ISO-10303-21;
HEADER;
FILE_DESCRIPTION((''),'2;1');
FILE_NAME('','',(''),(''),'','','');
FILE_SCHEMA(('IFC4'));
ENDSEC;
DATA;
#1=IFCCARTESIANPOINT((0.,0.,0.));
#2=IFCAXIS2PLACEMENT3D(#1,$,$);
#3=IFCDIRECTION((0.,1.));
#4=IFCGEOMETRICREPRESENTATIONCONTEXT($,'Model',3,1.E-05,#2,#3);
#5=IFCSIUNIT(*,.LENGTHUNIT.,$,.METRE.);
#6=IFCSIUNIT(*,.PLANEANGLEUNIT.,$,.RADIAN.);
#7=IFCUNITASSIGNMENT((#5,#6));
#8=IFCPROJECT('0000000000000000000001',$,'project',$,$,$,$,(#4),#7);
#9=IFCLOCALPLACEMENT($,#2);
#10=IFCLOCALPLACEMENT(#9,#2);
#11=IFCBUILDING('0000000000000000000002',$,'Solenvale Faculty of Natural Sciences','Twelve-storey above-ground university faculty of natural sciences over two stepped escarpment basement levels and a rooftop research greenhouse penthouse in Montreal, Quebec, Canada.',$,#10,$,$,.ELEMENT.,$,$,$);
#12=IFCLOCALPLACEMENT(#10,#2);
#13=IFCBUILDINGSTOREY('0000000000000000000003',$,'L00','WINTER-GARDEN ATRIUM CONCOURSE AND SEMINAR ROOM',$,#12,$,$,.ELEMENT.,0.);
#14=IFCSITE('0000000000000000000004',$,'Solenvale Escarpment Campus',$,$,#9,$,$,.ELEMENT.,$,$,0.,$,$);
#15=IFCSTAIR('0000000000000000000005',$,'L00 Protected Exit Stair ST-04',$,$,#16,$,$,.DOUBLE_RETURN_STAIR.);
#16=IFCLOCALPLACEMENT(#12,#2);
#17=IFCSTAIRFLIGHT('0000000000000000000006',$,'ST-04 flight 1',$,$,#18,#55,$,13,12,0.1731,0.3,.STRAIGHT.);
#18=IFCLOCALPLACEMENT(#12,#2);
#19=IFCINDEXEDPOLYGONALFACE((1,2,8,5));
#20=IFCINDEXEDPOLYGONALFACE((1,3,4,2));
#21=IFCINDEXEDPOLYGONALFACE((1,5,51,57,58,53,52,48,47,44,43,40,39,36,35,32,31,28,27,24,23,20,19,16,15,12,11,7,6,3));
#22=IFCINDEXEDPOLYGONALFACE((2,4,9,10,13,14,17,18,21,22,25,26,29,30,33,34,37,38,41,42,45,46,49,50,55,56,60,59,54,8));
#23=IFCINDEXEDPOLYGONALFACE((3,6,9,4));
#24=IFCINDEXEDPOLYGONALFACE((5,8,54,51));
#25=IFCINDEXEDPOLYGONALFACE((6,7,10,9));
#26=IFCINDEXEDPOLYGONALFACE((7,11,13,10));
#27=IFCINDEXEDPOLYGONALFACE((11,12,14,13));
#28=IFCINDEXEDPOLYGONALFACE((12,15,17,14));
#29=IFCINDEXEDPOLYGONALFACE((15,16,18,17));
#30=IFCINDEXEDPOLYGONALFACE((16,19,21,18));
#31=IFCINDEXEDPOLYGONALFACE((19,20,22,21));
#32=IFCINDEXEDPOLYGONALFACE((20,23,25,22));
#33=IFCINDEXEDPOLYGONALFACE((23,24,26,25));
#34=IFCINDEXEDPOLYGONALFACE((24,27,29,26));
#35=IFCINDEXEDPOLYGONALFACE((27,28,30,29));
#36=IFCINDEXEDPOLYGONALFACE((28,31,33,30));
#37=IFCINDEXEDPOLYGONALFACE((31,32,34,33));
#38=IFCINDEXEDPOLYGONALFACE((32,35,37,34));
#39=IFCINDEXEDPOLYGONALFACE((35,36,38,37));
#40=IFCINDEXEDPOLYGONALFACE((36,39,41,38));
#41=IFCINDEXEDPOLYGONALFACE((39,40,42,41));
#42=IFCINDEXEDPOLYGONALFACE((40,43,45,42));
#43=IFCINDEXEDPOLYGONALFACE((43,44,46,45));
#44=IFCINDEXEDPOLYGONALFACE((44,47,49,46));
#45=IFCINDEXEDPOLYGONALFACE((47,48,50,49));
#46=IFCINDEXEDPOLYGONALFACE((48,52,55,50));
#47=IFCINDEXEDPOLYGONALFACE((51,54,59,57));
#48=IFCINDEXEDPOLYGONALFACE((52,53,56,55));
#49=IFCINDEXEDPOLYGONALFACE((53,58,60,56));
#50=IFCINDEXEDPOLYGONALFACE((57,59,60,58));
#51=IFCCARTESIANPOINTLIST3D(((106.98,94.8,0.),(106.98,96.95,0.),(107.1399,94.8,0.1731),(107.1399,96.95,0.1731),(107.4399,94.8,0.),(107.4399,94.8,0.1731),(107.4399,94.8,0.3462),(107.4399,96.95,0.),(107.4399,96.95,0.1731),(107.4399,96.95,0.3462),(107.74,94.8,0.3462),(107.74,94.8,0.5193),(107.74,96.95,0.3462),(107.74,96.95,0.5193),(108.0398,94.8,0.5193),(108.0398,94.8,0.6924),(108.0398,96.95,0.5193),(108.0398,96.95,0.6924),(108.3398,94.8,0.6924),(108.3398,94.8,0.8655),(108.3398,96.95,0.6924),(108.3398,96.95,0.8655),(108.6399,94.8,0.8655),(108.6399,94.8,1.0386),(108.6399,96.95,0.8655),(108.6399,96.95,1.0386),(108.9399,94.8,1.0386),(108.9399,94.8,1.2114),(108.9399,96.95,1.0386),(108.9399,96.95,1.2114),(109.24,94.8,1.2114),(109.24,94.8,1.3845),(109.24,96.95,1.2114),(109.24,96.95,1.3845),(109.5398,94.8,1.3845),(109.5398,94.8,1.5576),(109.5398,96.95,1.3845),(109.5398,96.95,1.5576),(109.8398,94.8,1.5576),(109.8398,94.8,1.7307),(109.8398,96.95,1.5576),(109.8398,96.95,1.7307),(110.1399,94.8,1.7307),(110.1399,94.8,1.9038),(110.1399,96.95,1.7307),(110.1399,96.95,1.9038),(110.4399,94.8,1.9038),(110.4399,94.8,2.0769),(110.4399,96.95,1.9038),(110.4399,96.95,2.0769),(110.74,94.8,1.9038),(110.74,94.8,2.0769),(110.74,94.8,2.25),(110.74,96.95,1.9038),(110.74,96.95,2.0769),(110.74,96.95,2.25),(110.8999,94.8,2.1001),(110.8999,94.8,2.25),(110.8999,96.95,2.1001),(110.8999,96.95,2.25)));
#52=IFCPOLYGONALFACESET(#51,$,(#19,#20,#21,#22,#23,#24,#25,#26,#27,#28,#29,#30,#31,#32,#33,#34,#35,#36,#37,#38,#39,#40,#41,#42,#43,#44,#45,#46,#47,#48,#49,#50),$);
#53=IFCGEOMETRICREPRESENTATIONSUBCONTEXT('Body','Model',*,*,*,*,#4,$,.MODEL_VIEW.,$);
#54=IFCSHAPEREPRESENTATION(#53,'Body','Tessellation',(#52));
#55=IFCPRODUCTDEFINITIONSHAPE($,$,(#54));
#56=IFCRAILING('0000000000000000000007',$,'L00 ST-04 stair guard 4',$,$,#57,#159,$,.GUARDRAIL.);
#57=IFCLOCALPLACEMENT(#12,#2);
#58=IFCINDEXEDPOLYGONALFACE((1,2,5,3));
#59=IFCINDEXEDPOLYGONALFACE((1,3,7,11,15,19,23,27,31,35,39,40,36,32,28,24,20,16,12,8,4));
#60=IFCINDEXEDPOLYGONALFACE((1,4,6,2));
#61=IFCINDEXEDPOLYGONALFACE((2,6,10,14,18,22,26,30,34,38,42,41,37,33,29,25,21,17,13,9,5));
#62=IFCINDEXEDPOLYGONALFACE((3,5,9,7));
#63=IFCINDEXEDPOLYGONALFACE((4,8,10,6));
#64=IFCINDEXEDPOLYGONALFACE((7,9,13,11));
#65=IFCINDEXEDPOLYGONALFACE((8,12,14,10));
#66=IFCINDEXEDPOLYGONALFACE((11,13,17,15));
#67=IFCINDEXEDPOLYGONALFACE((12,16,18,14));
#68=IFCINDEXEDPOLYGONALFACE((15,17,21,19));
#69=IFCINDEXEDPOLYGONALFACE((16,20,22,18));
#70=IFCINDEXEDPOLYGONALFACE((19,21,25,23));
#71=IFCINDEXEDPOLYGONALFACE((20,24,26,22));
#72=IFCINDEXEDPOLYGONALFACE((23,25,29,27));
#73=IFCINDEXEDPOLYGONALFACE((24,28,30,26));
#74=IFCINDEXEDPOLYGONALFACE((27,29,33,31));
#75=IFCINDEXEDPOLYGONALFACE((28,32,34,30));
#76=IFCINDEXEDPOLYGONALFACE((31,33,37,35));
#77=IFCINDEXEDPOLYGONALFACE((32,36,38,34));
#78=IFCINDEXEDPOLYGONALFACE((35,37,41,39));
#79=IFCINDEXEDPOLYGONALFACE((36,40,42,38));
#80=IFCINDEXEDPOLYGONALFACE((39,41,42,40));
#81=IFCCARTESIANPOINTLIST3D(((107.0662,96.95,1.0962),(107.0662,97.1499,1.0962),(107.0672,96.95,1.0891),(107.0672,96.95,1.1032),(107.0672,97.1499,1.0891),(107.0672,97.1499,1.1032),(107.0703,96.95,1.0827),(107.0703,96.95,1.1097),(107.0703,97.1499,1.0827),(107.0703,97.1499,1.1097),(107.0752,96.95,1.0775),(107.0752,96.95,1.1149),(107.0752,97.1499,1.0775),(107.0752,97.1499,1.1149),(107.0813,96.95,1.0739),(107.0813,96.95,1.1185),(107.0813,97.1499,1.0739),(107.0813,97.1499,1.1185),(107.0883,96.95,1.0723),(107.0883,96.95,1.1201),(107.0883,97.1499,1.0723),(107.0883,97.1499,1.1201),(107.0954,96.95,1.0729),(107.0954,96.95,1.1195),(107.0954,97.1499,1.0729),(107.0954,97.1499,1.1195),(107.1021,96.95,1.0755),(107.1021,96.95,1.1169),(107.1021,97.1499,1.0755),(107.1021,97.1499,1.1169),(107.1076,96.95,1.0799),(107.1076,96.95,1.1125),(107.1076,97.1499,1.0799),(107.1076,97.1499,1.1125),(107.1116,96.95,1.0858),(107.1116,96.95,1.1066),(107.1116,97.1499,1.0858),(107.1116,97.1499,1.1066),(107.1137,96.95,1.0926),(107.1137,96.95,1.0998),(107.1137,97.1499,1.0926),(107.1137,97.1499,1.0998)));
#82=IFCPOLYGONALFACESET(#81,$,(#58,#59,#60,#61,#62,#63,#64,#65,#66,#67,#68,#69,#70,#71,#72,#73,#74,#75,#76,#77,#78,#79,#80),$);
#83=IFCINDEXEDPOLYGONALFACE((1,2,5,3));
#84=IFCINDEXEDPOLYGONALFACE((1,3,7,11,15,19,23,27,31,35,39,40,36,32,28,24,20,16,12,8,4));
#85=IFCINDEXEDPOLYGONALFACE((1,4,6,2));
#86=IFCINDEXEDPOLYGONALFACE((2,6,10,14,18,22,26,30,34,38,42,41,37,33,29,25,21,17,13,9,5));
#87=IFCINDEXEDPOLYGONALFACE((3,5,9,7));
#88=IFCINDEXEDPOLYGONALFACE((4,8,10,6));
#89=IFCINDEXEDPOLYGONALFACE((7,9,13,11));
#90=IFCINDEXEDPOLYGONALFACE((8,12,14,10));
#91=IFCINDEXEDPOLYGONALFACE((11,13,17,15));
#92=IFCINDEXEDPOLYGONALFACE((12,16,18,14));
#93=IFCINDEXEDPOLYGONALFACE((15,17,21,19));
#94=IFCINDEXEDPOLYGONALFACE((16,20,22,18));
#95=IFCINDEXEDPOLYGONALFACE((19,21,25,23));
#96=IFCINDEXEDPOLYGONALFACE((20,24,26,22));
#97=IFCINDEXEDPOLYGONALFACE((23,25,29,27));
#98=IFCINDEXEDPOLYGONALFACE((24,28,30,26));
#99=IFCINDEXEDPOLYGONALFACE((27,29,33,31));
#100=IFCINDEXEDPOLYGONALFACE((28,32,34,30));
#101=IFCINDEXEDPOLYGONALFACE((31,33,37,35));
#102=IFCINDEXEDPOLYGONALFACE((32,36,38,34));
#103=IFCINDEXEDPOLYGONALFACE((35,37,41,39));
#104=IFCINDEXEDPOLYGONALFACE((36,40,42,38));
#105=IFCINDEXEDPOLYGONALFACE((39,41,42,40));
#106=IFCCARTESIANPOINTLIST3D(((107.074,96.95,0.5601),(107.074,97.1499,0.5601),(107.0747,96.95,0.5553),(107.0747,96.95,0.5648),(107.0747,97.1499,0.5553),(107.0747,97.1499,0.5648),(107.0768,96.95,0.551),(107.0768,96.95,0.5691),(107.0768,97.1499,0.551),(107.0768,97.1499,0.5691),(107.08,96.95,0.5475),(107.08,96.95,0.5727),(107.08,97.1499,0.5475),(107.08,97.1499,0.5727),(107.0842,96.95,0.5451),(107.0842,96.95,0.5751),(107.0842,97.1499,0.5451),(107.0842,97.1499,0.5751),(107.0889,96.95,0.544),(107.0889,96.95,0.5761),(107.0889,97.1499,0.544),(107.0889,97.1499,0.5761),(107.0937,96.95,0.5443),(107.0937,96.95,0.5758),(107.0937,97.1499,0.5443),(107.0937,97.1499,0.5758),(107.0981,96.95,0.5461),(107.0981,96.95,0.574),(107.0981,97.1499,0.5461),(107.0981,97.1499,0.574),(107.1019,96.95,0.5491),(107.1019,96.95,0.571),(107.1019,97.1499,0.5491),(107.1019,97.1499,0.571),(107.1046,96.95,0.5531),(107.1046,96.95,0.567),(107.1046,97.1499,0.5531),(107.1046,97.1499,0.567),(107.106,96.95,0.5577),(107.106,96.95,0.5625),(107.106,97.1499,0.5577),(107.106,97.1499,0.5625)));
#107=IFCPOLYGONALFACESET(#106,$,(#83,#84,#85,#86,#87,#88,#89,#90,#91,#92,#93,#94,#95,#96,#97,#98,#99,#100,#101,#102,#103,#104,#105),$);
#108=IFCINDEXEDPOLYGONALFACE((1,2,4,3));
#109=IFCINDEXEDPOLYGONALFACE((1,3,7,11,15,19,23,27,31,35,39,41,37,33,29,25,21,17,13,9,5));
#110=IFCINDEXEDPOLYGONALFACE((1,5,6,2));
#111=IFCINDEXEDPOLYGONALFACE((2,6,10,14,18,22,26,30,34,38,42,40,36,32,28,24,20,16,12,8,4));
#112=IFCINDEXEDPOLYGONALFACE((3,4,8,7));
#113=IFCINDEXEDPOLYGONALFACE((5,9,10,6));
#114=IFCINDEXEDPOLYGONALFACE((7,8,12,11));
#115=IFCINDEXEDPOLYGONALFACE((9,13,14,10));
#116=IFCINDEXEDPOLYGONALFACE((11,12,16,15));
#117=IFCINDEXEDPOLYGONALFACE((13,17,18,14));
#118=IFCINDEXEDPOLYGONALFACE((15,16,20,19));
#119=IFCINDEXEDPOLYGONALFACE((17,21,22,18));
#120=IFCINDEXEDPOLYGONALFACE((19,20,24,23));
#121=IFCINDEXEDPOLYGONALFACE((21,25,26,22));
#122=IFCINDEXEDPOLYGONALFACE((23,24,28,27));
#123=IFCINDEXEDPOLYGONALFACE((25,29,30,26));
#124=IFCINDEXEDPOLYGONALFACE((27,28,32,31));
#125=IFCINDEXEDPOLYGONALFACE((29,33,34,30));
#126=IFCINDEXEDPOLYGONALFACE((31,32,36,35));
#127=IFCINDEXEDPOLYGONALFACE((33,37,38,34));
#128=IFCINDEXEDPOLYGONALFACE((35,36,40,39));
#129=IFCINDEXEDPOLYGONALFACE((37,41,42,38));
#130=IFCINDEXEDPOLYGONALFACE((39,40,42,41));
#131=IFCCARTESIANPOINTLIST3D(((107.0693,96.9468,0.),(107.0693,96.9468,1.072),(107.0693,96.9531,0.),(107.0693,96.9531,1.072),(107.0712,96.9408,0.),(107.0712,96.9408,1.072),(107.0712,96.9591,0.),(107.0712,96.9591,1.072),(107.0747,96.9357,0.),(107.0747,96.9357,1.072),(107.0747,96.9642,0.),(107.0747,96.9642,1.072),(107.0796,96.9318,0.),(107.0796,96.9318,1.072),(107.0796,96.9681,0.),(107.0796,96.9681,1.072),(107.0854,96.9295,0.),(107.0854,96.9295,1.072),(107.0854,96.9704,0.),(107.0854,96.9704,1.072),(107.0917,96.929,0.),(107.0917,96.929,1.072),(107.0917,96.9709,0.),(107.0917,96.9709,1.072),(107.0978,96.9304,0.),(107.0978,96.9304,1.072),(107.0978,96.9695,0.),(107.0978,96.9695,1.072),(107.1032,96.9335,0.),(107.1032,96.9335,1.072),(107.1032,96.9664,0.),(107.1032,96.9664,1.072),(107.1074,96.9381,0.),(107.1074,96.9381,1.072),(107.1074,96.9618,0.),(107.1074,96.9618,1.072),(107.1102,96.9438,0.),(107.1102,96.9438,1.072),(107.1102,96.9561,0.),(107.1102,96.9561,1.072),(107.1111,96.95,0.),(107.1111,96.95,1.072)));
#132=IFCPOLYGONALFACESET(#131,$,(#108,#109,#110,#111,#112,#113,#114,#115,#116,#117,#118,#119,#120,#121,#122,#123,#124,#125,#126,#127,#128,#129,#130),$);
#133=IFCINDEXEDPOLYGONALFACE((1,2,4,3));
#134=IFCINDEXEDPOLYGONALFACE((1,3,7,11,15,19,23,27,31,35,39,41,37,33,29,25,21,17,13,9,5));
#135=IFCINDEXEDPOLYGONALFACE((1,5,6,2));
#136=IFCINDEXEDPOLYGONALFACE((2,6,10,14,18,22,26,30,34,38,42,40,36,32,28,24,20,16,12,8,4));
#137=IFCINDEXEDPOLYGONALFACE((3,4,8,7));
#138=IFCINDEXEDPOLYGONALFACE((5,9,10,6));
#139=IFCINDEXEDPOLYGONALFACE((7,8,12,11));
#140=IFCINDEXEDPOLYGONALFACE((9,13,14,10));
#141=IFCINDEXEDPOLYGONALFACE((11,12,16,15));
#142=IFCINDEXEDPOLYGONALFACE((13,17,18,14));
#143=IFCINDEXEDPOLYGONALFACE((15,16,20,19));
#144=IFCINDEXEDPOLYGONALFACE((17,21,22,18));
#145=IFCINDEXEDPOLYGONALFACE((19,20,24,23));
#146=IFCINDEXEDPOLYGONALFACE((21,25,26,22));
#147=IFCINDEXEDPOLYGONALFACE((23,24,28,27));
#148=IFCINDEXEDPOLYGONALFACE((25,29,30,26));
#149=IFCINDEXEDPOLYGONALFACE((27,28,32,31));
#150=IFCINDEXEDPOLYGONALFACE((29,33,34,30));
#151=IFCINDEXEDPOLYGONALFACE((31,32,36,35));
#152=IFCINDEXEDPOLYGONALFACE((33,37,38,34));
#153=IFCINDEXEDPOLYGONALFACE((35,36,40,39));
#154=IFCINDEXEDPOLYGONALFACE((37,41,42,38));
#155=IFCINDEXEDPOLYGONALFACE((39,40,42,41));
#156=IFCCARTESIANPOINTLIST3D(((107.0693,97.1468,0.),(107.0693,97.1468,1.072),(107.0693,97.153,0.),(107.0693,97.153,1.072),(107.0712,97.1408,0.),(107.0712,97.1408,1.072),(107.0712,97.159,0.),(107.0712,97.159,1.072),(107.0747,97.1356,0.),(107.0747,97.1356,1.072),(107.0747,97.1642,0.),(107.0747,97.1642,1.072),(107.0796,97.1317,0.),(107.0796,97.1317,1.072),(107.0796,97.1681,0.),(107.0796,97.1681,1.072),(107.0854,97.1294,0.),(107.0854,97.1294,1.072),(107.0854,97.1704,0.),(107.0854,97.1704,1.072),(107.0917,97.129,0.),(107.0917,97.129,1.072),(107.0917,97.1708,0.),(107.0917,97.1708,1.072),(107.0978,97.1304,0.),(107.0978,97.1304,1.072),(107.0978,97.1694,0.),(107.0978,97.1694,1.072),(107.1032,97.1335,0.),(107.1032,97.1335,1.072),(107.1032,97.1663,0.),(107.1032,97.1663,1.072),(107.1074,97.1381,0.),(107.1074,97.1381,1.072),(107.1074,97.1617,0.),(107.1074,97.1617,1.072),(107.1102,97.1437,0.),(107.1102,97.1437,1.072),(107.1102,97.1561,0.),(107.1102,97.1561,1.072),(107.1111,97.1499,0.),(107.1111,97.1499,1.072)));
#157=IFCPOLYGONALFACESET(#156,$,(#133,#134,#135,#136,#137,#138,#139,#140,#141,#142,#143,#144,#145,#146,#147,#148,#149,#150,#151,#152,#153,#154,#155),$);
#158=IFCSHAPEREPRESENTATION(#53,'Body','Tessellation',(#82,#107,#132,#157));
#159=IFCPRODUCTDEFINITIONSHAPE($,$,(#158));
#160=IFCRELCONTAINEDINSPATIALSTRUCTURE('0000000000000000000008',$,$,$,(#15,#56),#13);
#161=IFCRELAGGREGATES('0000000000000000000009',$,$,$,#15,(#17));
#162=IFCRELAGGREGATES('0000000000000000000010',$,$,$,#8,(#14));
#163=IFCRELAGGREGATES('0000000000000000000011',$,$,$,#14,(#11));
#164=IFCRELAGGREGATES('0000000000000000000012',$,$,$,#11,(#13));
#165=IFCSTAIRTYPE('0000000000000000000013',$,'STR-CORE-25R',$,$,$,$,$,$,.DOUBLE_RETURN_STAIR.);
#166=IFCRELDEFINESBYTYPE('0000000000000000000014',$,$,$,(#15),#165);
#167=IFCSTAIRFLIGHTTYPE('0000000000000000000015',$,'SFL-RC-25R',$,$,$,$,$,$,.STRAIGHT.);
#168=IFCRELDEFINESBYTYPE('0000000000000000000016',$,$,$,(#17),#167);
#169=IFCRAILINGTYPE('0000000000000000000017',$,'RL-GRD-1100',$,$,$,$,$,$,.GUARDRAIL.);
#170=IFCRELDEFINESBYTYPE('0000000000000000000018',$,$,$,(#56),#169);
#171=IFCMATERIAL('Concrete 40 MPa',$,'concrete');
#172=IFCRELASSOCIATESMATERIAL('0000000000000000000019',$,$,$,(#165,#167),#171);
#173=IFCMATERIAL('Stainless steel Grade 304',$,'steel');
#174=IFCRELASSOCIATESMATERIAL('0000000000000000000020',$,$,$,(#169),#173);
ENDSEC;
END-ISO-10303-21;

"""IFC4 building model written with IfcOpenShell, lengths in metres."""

from ifc_helpers import new_model, si_unit, direction, frame, origin, origin_2d, place, context, subcontext, project, spatial, polyline, circle, outline, extrude, material, type_object, element, aggregate, save


model = new_model("IFC4")

# Units and contexts
model_context = context("Model", 3, precision=1e-05, world=origin(), true_north=direction((0.0, 1.0)))
body_context = subcontext(model_context, "Body", "Model", "MODEL_VIEW")
ifc_project = project(units=[si_unit("LENGTHUNIT", "METRE"), si_unit("PLANEANGLEUNIT", "RADIAN")], contexts=[model_context])

# Site, building, storey
site_placement = place(None, origin())
site = spatial("IfcSite", under=ifc_project, at=site_placement, Name="Solenvale Escarpment Campus", CompositionType="ELEMENT", RefElevation=0.0)
building_placement = place(site_placement, origin())
building = spatial("IfcBuilding", under=site, at=building_placement, Name="Solenvale Faculty of Natural Sciences", Description="Twelve-storey above-ground university faculty of natural sciences over two stepped escarpment basement levels and a rooftop research greenhouse penthouse in Montreal, Quebec, Canada.", CompositionType="ELEMENT")
storey_placement = place(building_placement, origin())
storey = spatial("IfcBuildingStorey", under=building, at=storey_placement, Name="L00", Description="WINTER-GARDEN ATRIUM CONCOURSE AND SEMINAR ROOM", CompositionType="ELEMENT", Elevation=0.0)

# Shared definitions
ifc_material_1 = material(Name="Concrete 40 MPa", Category="concrete")

# Shared definitions
ifc_material_2 = material(Name="Stainless steel Grade 304", Category="steel")

# Stair, stair flight
stair_type = type_object("IfcStairType", Name="STR-CORE-25R", PredefinedType="DOUBLE_RETURN_STAIR", material=ifc_material_1)
stair_placement = place(storey_placement, origin())
stair = element("IfcStair", 1, at=stair_placement, inside=storey, type_object=stair_type, Name="L00 Protected Exit Stair ST-04", PredefinedType="DOUBLE_RETURN_STAIR")
stair_flight_type = type_object("IfcStairFlightType", Name="SFL-RC-25R", PredefinedType="STRAIGHT", material=ifc_material_1)
stair_flight_placement = place(storey_placement, frame((107.1399, 95.875, 0.0), z_axis=(0.0, 0.0, 1.0), x_axis=(1.0, 0.0, 0.0)))
stair_flight = element("IfcStairFlight", 2, at=stair_flight_placement, type_object=stair_flight_type, Name="ST-04 flight 1", NumberOfRisers=13, NumberOfTreads=12, PredefinedType="STRAIGHT", RiserHeight=0.1731, TreadLength=0.3, context=body_context, shape_type="SweptSolid", body=[
    extrude(outline(polyline([(-0.1599, 0.0), (0.0, 0.1731), (0.3, 0.1731), (0.3, 0.3462), (0.6001, 0.3462), (0.6001, 0.5193), (0.8999, 0.5193), (0.8999, 0.6924), (1.2, 0.6924), (1.2, 0.8655), (1.5, 0.8655), (1.5, 1.0386), (1.8, 1.0386), (1.8, 1.2114), (2.1001, 1.2114), (2.1001, 1.3845), (2.3999, 1.3845), (2.3999, 1.5576), (2.7, 1.5576), (2.7, 1.7307), (3.0, 1.7307), (3.0, 1.9038), (3.3, 1.9038), (3.3, 2.0769), (3.6001, 2.0769), (3.6001, 2.25), (3.76, 2.25), (3.76, 2.1001), (3.6001, 1.9038), (0.3, 0.0), (-0.1599, 0.0)])), frame((0.0, 1.075, 0.0), z_axis=(0.0, -1.0, 0.0), x_axis=(1.0, 0.0, 0.0)), (0.0, 0.0, 1.0), 2.1499),
])
aggregate(stair, [stair_flight])

# Railing
railing_type_1 = type_object("IfcRailingType", Name="RL-GRD-1100", PredefinedType="GUARDRAIL", material=ifc_material_2)
railing_1_placement = place(storey_placement, frame((107.0901, 96.95, 0.0)))
element("IfcRailing", 3, at=railing_1_placement, inside=storey, type_object=railing_type_1, Name="L00 ST-04 stair guard 4", PredefinedType="GUARDRAIL", context=body_context, shape_type="SweptSolid", body=[
    extrude(circle(Radius=0.0239, at=origin_2d()), frame((0.0, 0.0, 1.0962), z_axis=(0.0, 1.0, 0.0), x_axis=(-1.0, 0.0, 0.0)), (0.0, 0.0, 1.0), 0.2),
    extrude(circle(Radius=0.0161, at=origin_2d()), frame((0.0, 0.0, 0.5601), z_axis=(0.0, 1.0, 0.0), x_axis=(-1.0, 0.0, 0.0)), (0.0, 0.0, 1.0), 0.2),
    extrude(circle(Radius=0.021, at=origin_2d()), origin(), (0.0, 0.0, 1.0), 1.072),
    extrude(circle(Radius=0.021, at=origin_2d()), frame((0.0, 0.2, 0.0)), (0.0, 0.0, 1.0), 1.072),
])

save(model, "model.ifc")
